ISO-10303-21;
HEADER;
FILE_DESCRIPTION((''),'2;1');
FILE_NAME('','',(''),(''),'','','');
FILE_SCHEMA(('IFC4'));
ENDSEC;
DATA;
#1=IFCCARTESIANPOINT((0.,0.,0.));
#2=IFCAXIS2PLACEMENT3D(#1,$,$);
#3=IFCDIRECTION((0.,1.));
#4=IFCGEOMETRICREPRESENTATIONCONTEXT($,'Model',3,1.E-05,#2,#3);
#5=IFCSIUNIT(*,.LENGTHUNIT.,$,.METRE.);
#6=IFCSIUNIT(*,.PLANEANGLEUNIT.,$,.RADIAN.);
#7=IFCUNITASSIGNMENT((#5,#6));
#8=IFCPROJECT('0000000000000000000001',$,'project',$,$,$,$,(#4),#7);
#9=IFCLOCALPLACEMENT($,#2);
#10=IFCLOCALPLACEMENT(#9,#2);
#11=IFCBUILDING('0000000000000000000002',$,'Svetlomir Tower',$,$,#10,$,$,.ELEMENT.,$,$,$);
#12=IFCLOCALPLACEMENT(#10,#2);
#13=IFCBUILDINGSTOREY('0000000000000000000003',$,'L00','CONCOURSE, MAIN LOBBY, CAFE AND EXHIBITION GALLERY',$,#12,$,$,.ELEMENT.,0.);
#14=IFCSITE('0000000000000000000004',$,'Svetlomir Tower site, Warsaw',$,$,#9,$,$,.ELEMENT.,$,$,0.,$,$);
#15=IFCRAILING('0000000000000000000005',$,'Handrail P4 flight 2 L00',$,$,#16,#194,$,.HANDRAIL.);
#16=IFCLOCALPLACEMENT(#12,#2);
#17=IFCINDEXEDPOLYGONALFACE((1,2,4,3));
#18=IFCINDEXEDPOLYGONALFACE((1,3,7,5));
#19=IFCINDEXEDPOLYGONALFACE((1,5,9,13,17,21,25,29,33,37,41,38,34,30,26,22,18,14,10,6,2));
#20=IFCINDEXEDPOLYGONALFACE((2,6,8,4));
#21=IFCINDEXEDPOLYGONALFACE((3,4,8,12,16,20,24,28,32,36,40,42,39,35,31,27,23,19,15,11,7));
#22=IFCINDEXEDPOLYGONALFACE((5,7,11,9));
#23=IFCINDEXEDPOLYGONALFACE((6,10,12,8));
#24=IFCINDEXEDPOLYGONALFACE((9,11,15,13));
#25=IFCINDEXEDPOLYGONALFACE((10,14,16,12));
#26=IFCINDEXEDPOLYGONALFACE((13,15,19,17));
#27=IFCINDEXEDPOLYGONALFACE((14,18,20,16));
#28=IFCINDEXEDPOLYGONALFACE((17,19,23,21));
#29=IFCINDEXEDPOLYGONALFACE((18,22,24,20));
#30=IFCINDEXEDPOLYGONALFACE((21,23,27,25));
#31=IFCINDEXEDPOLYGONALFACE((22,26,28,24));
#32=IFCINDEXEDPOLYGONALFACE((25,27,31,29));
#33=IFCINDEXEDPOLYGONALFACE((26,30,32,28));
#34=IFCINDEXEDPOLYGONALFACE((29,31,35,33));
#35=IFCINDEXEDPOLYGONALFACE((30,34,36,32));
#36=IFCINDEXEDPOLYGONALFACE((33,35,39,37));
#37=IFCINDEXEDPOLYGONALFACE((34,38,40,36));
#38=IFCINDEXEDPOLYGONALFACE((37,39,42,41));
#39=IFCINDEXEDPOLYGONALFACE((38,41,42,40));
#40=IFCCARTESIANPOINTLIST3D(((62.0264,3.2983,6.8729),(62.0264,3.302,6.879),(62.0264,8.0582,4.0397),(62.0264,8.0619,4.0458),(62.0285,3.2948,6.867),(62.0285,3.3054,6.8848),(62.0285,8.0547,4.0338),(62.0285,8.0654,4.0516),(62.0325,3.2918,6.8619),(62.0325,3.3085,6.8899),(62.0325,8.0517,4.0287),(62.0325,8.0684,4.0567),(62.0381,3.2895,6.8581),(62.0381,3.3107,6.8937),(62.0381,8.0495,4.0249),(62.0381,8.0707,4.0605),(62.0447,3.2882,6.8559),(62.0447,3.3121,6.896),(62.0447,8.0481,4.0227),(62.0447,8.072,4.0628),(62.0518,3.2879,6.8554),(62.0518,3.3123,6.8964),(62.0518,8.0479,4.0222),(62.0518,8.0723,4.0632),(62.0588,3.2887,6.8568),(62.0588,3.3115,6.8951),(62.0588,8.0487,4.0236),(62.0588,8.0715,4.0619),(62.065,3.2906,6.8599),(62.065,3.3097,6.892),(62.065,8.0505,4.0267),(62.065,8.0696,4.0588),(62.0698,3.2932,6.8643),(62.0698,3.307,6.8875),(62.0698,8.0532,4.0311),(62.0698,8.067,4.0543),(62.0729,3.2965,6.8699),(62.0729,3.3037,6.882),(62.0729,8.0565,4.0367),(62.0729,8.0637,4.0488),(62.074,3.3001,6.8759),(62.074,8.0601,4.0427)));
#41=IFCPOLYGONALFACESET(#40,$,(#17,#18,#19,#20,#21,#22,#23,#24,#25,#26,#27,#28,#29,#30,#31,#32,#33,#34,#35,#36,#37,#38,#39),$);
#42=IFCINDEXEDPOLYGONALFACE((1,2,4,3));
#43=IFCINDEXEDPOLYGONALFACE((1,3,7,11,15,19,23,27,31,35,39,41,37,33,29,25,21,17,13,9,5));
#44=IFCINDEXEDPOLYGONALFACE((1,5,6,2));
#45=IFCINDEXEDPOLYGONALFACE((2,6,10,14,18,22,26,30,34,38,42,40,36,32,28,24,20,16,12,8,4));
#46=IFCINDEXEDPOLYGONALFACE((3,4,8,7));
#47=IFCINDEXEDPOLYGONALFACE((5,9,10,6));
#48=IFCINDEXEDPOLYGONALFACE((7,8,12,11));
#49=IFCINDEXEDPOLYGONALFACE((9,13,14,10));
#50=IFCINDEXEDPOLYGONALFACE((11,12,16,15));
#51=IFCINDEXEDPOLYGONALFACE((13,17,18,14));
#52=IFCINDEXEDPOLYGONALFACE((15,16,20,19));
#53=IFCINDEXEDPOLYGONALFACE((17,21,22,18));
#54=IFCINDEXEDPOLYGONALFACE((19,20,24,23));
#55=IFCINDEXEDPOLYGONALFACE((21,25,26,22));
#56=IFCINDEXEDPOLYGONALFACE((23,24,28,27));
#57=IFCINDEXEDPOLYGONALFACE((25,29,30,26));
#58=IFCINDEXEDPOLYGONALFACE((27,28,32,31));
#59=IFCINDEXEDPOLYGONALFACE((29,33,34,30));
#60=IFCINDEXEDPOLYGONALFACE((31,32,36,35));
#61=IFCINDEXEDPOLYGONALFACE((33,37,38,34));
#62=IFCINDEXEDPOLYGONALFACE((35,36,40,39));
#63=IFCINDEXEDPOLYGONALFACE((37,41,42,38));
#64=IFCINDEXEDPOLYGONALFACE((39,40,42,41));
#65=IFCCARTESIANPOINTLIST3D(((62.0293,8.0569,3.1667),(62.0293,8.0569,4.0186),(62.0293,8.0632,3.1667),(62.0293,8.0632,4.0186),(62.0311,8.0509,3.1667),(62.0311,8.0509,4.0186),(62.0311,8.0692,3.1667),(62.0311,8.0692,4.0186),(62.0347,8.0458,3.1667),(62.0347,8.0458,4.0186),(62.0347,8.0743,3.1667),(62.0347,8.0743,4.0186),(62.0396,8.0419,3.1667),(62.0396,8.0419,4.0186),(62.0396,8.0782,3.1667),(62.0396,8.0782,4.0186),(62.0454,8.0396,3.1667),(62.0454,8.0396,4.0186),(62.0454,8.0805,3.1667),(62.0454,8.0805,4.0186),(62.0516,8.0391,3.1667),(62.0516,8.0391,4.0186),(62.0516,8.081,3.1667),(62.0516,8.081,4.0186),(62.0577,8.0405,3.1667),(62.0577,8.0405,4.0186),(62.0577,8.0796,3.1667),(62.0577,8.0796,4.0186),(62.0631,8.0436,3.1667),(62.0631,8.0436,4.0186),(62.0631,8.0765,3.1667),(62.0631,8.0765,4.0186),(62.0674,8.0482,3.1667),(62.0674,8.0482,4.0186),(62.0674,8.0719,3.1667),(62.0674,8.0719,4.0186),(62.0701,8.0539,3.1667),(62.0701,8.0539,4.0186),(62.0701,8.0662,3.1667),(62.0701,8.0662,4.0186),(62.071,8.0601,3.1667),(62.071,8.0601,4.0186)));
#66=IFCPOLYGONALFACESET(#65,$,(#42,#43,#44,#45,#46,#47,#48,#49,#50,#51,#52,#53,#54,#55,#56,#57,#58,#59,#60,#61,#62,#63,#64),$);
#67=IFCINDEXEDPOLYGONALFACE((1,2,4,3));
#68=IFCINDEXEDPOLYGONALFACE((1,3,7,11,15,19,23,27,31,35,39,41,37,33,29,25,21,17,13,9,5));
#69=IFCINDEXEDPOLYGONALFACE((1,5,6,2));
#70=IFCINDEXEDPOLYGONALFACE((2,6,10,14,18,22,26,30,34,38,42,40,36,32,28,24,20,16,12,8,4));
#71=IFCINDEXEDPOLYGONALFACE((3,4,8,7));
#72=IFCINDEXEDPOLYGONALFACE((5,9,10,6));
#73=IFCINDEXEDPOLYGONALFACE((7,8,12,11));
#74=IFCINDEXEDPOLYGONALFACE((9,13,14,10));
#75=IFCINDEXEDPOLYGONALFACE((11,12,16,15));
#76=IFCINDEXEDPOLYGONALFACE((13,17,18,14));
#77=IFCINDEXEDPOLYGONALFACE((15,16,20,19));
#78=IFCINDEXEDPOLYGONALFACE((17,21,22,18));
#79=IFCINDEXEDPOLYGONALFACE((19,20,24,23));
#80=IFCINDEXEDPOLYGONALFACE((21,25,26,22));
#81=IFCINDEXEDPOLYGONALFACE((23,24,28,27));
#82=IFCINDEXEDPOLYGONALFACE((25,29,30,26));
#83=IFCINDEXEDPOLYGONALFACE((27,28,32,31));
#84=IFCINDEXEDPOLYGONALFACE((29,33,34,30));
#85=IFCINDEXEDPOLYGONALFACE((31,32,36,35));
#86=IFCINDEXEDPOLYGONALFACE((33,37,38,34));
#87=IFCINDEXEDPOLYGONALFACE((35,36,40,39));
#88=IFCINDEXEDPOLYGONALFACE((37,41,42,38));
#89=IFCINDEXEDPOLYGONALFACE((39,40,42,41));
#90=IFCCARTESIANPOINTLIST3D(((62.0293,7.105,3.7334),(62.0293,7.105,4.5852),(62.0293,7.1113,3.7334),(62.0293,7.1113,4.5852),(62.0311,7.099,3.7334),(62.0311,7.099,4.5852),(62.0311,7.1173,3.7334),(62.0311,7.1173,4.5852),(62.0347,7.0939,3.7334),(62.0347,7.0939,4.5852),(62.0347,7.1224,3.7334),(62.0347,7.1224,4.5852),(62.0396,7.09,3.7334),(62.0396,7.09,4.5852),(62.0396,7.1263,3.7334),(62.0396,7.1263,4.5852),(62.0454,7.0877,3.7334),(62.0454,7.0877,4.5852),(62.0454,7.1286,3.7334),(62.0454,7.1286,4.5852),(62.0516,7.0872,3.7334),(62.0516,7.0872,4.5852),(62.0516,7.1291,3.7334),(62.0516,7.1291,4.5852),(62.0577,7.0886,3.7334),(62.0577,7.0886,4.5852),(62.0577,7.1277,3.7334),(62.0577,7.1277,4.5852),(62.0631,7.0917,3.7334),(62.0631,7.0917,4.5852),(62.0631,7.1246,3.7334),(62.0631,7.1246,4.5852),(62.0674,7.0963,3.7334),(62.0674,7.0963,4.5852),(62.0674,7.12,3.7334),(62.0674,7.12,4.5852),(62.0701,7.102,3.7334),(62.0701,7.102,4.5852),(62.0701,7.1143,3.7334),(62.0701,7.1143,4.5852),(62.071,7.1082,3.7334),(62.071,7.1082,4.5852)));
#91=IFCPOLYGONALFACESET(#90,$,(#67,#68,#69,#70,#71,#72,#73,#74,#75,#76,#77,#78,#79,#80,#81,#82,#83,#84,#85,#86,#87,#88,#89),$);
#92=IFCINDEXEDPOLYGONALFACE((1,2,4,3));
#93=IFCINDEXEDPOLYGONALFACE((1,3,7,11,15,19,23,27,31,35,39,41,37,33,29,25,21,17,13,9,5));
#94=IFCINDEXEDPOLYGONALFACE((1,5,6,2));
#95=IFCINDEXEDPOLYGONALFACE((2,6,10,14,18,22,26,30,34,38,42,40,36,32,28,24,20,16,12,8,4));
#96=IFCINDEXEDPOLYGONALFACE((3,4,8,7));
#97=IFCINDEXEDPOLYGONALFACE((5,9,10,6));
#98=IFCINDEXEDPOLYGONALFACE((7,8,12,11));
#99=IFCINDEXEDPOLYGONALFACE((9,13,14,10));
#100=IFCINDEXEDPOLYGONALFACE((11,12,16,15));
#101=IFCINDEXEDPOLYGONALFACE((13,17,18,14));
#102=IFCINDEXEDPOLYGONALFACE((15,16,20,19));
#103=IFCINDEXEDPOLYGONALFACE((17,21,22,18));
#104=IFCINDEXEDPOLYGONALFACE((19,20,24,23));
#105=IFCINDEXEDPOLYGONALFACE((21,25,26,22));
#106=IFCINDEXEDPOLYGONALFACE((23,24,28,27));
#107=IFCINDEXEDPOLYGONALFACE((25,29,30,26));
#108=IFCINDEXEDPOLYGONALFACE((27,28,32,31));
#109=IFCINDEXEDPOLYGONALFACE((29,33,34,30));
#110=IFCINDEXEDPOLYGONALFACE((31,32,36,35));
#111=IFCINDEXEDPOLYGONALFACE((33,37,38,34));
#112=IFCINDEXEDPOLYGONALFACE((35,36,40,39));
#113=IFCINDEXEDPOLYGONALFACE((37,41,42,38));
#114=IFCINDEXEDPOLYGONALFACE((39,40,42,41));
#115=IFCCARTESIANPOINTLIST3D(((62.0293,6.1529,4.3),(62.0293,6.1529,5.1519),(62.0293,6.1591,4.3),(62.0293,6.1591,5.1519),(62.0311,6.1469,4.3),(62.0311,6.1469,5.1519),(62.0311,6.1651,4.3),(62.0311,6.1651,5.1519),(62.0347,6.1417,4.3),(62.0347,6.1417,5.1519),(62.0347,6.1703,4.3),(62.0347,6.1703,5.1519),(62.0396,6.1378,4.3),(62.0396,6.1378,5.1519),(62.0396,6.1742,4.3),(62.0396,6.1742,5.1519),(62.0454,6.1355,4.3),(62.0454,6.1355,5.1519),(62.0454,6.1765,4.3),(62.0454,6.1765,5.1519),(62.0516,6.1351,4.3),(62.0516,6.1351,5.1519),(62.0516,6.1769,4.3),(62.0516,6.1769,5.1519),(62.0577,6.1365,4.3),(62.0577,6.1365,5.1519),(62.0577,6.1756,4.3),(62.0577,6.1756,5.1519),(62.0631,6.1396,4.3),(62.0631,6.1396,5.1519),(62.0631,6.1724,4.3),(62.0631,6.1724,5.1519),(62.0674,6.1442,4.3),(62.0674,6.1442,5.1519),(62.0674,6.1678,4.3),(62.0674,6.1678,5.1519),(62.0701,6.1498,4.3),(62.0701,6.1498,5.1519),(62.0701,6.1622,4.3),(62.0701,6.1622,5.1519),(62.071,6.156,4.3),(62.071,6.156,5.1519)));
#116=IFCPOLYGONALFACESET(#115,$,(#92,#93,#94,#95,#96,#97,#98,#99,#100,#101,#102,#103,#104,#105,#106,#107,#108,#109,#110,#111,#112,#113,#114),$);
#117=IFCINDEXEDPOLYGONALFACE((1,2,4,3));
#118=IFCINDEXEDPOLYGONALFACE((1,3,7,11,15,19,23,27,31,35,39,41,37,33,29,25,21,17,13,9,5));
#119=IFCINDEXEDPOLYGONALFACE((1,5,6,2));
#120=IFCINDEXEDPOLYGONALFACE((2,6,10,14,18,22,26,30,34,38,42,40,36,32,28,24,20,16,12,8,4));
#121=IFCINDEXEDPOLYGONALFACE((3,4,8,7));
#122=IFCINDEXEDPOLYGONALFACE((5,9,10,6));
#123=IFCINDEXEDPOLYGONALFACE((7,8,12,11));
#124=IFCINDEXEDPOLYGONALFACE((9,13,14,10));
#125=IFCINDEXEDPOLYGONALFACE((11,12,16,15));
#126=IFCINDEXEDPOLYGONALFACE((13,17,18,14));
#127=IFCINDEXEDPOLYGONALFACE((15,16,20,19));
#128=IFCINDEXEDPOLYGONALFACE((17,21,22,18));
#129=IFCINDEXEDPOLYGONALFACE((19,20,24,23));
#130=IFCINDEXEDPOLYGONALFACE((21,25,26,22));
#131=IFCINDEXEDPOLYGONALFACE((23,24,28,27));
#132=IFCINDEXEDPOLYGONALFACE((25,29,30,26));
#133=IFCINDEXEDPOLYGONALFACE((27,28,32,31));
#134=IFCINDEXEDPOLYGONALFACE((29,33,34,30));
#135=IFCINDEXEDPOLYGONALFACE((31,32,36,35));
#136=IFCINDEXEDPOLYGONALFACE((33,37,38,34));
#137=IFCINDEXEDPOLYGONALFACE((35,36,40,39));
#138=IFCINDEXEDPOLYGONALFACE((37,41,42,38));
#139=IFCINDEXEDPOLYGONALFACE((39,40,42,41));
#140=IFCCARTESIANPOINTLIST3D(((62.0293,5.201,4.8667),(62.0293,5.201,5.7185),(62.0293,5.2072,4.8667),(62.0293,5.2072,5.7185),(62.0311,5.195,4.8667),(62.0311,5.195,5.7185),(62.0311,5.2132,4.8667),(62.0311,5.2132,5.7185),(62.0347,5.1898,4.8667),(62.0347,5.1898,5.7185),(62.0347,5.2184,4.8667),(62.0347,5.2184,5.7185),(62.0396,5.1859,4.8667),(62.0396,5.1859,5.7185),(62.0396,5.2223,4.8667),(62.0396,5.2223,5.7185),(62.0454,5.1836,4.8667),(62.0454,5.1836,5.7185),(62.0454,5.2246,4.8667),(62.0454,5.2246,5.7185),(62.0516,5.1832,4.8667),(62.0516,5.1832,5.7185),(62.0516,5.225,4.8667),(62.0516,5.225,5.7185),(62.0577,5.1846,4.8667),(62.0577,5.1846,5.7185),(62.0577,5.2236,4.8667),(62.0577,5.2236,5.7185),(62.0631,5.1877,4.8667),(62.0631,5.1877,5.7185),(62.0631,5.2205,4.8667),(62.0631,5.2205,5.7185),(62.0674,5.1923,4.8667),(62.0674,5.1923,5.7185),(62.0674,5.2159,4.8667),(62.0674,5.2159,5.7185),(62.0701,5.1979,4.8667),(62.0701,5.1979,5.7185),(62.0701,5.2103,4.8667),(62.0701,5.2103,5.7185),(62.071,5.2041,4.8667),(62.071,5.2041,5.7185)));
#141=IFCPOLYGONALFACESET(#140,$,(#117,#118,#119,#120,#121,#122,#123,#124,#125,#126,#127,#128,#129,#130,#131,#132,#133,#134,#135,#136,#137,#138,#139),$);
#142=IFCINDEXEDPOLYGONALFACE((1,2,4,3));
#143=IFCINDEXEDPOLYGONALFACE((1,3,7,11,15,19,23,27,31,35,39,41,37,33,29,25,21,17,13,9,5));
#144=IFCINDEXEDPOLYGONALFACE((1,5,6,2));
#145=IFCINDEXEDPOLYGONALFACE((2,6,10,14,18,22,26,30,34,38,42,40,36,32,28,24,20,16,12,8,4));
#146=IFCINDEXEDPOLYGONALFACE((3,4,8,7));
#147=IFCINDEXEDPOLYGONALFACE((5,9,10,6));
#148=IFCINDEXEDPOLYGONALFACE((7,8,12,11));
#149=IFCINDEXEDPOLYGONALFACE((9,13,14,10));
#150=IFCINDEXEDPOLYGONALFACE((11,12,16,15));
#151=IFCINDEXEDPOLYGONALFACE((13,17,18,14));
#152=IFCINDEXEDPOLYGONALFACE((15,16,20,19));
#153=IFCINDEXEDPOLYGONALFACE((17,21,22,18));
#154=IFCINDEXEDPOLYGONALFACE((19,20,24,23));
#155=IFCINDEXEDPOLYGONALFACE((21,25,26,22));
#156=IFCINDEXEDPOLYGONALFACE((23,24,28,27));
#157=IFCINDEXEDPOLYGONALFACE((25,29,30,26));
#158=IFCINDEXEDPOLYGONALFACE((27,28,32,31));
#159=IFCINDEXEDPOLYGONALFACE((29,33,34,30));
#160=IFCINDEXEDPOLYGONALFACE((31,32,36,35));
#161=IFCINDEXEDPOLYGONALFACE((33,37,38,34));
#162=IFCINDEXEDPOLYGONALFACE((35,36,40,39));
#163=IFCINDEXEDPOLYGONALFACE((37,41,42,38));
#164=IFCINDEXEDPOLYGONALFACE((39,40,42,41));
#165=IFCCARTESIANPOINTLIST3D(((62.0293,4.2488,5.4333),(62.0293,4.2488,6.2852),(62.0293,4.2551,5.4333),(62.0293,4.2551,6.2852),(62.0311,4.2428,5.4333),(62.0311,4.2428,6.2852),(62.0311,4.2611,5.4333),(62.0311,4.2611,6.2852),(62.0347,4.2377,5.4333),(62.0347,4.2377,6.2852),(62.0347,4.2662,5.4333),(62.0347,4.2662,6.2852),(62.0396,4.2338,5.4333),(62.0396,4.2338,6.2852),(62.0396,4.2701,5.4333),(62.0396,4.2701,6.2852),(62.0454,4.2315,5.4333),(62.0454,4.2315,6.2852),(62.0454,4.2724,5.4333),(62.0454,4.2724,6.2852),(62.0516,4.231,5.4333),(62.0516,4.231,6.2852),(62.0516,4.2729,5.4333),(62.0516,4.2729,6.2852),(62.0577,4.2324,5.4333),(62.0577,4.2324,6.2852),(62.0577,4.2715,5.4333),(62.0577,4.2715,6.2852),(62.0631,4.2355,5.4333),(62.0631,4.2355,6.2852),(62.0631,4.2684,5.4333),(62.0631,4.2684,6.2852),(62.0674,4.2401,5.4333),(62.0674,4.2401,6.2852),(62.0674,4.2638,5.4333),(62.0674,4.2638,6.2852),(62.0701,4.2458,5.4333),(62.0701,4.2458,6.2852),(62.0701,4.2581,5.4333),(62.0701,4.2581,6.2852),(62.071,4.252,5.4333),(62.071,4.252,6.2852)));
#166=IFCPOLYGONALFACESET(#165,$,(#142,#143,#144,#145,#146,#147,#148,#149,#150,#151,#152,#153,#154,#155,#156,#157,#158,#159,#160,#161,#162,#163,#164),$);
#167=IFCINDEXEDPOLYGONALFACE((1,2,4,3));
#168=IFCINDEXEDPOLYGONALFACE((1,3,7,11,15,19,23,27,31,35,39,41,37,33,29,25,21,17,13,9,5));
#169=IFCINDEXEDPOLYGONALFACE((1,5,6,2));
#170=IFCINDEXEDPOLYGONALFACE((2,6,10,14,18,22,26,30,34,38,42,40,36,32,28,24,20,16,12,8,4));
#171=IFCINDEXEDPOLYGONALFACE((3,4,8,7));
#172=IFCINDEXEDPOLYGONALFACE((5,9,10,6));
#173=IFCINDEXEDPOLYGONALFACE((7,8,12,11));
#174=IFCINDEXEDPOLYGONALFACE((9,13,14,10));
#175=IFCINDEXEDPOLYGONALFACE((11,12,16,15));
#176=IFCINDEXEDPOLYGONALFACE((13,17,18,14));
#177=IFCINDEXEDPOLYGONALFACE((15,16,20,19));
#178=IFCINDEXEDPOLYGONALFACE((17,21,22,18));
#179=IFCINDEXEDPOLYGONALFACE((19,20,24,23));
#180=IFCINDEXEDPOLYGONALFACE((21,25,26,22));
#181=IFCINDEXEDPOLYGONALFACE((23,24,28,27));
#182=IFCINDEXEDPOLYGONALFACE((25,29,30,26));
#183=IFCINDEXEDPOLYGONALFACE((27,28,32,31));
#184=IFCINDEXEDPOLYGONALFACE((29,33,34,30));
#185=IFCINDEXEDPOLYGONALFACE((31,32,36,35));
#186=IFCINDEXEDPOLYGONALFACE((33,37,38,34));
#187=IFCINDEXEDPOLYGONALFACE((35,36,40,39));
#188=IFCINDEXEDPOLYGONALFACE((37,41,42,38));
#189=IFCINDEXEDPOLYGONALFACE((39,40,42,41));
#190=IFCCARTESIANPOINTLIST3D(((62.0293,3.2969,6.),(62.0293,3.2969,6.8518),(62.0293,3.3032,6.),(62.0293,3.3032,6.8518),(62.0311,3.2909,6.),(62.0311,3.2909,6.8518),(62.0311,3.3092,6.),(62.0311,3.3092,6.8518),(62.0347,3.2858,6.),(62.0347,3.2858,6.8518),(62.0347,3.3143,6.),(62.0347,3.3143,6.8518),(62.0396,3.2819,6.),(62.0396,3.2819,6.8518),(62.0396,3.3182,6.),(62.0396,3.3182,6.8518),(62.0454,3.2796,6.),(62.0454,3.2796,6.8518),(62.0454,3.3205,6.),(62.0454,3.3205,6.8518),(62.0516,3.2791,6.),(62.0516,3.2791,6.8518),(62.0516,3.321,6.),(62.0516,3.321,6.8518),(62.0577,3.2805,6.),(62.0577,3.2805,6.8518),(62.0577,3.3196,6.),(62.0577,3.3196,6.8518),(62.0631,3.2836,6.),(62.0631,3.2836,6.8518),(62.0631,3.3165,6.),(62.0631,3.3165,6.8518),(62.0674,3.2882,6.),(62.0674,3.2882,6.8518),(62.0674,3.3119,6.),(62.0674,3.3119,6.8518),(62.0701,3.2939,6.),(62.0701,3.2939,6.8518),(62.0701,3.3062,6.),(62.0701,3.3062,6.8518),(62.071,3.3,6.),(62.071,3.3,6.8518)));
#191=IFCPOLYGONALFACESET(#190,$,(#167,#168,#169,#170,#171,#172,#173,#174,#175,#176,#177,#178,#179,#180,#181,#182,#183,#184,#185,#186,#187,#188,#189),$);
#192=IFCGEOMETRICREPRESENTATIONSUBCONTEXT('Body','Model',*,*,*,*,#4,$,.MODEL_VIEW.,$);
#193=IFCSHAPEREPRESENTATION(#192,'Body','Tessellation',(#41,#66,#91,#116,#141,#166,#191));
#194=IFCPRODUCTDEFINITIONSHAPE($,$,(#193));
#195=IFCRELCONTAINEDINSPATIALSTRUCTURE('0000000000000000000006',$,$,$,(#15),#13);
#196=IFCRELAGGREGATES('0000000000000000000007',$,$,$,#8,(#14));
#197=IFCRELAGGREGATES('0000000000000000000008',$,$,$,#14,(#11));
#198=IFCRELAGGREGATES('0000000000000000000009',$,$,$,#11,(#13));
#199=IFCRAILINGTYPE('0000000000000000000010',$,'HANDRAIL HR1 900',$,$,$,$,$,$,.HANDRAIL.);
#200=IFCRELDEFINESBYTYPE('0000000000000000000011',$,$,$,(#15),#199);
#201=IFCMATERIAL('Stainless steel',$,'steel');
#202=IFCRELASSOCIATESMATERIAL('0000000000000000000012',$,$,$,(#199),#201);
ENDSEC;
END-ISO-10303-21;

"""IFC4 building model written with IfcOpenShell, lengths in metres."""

from ifc_helpers import new_model, si_unit, direction, frame, origin, origin_2d, place, context, subcontext, project, spatial, circle, extrude, material, type_object, element, save


model = new_model("IFC4")

# Units and contexts
model_context = context("Model", 3, precision=1e-05, world=origin(), true_north=direction((0.0, 1.0)))
body_context = subcontext(model_context, "Body", "Model", "MODEL_VIEW")
ifc_project = project(units=[si_unit("LENGTHUNIT", "METRE"), si_unit("PLANEANGLEUNIT", "RADIAN")], contexts=[model_context])

# Site, building, storey
site_placement = place(None, origin())
site = spatial("IfcSite", under=ifc_project, at=site_placement, Name="Svetlomir Tower site, Warsaw", CompositionType="ELEMENT", RefElevation=0.0)
building_placement = place(site_placement, origin())
building = spatial("IfcBuilding", under=site, at=building_placement, Name="Svetlomir Tower", CompositionType="ELEMENT")
storey_placement = place(building_placement, origin())
storey = spatial("IfcBuildingStorey", under=building, at=storey_placement, Name="L00", Description="CONCOURSE, MAIN LOBBY, CAFE AND EXHIBITION GALLERY", CompositionType="ELEMENT", Elevation=0.0)

# Railing
ifc_material_1 = material(Name="Stainless steel", Category="steel")
railing_type = type_object("IfcRailingType", Name="HANDRAIL HR1 900", PredefinedType="HANDRAIL", material=ifc_material_1)
railing_placement = place(storey_placement, frame((62.05, 8.0601, 3.1667)))
element("IfcRailing", 1, at=railing_placement, inside=storey, type_object=railing_type, Name="Handrail P4 flight 2 L00", PredefinedType="HANDRAIL", context=body_context, shape_type="SweptSolid", body=[
    extrude(circle(Radius=0.0239, at=origin_2d()), frame((0.0, 0.0, 0.876), z_axis=(0.0, -0.8593, 0.511472), x_axis=(1.0, 0.0, 0.0)), (0.0, 0.0, 1.0), 5.5393),
    extrude(circle(Radius=0.021, at=origin_2d()), origin(), (0.0, 0.0, 1.0), 0.8518),
    extrude(circle(Radius=0.021, at=origin_2d()), frame((0.0, -0.9519, 0.5667)), (0.0, 0.0, 1.0), 0.8518),
    extrude(circle(Radius=0.021, at=origin_2d()), frame((0.0, -1.9041, 1.1333)), (0.0, 0.0, 1.0), 0.8518),
    extrude(circle(Radius=0.021, at=origin_2d()), frame((0.0, -2.856, 1.7)), (0.0, 0.0, 1.0), 0.8518),
    extrude(circle(Radius=0.021, at=origin_2d()), frame((0.0, -3.8081, 2.2666)), (0.0, 0.0, 1.0), 0.8518),
    extrude(circle(Radius=0.021, at=origin_2d()), frame((0.0, -4.76, 2.8333)), (0.0, 0.0, 1.0), 0.8518),
])

save(model, "model.ifc")
